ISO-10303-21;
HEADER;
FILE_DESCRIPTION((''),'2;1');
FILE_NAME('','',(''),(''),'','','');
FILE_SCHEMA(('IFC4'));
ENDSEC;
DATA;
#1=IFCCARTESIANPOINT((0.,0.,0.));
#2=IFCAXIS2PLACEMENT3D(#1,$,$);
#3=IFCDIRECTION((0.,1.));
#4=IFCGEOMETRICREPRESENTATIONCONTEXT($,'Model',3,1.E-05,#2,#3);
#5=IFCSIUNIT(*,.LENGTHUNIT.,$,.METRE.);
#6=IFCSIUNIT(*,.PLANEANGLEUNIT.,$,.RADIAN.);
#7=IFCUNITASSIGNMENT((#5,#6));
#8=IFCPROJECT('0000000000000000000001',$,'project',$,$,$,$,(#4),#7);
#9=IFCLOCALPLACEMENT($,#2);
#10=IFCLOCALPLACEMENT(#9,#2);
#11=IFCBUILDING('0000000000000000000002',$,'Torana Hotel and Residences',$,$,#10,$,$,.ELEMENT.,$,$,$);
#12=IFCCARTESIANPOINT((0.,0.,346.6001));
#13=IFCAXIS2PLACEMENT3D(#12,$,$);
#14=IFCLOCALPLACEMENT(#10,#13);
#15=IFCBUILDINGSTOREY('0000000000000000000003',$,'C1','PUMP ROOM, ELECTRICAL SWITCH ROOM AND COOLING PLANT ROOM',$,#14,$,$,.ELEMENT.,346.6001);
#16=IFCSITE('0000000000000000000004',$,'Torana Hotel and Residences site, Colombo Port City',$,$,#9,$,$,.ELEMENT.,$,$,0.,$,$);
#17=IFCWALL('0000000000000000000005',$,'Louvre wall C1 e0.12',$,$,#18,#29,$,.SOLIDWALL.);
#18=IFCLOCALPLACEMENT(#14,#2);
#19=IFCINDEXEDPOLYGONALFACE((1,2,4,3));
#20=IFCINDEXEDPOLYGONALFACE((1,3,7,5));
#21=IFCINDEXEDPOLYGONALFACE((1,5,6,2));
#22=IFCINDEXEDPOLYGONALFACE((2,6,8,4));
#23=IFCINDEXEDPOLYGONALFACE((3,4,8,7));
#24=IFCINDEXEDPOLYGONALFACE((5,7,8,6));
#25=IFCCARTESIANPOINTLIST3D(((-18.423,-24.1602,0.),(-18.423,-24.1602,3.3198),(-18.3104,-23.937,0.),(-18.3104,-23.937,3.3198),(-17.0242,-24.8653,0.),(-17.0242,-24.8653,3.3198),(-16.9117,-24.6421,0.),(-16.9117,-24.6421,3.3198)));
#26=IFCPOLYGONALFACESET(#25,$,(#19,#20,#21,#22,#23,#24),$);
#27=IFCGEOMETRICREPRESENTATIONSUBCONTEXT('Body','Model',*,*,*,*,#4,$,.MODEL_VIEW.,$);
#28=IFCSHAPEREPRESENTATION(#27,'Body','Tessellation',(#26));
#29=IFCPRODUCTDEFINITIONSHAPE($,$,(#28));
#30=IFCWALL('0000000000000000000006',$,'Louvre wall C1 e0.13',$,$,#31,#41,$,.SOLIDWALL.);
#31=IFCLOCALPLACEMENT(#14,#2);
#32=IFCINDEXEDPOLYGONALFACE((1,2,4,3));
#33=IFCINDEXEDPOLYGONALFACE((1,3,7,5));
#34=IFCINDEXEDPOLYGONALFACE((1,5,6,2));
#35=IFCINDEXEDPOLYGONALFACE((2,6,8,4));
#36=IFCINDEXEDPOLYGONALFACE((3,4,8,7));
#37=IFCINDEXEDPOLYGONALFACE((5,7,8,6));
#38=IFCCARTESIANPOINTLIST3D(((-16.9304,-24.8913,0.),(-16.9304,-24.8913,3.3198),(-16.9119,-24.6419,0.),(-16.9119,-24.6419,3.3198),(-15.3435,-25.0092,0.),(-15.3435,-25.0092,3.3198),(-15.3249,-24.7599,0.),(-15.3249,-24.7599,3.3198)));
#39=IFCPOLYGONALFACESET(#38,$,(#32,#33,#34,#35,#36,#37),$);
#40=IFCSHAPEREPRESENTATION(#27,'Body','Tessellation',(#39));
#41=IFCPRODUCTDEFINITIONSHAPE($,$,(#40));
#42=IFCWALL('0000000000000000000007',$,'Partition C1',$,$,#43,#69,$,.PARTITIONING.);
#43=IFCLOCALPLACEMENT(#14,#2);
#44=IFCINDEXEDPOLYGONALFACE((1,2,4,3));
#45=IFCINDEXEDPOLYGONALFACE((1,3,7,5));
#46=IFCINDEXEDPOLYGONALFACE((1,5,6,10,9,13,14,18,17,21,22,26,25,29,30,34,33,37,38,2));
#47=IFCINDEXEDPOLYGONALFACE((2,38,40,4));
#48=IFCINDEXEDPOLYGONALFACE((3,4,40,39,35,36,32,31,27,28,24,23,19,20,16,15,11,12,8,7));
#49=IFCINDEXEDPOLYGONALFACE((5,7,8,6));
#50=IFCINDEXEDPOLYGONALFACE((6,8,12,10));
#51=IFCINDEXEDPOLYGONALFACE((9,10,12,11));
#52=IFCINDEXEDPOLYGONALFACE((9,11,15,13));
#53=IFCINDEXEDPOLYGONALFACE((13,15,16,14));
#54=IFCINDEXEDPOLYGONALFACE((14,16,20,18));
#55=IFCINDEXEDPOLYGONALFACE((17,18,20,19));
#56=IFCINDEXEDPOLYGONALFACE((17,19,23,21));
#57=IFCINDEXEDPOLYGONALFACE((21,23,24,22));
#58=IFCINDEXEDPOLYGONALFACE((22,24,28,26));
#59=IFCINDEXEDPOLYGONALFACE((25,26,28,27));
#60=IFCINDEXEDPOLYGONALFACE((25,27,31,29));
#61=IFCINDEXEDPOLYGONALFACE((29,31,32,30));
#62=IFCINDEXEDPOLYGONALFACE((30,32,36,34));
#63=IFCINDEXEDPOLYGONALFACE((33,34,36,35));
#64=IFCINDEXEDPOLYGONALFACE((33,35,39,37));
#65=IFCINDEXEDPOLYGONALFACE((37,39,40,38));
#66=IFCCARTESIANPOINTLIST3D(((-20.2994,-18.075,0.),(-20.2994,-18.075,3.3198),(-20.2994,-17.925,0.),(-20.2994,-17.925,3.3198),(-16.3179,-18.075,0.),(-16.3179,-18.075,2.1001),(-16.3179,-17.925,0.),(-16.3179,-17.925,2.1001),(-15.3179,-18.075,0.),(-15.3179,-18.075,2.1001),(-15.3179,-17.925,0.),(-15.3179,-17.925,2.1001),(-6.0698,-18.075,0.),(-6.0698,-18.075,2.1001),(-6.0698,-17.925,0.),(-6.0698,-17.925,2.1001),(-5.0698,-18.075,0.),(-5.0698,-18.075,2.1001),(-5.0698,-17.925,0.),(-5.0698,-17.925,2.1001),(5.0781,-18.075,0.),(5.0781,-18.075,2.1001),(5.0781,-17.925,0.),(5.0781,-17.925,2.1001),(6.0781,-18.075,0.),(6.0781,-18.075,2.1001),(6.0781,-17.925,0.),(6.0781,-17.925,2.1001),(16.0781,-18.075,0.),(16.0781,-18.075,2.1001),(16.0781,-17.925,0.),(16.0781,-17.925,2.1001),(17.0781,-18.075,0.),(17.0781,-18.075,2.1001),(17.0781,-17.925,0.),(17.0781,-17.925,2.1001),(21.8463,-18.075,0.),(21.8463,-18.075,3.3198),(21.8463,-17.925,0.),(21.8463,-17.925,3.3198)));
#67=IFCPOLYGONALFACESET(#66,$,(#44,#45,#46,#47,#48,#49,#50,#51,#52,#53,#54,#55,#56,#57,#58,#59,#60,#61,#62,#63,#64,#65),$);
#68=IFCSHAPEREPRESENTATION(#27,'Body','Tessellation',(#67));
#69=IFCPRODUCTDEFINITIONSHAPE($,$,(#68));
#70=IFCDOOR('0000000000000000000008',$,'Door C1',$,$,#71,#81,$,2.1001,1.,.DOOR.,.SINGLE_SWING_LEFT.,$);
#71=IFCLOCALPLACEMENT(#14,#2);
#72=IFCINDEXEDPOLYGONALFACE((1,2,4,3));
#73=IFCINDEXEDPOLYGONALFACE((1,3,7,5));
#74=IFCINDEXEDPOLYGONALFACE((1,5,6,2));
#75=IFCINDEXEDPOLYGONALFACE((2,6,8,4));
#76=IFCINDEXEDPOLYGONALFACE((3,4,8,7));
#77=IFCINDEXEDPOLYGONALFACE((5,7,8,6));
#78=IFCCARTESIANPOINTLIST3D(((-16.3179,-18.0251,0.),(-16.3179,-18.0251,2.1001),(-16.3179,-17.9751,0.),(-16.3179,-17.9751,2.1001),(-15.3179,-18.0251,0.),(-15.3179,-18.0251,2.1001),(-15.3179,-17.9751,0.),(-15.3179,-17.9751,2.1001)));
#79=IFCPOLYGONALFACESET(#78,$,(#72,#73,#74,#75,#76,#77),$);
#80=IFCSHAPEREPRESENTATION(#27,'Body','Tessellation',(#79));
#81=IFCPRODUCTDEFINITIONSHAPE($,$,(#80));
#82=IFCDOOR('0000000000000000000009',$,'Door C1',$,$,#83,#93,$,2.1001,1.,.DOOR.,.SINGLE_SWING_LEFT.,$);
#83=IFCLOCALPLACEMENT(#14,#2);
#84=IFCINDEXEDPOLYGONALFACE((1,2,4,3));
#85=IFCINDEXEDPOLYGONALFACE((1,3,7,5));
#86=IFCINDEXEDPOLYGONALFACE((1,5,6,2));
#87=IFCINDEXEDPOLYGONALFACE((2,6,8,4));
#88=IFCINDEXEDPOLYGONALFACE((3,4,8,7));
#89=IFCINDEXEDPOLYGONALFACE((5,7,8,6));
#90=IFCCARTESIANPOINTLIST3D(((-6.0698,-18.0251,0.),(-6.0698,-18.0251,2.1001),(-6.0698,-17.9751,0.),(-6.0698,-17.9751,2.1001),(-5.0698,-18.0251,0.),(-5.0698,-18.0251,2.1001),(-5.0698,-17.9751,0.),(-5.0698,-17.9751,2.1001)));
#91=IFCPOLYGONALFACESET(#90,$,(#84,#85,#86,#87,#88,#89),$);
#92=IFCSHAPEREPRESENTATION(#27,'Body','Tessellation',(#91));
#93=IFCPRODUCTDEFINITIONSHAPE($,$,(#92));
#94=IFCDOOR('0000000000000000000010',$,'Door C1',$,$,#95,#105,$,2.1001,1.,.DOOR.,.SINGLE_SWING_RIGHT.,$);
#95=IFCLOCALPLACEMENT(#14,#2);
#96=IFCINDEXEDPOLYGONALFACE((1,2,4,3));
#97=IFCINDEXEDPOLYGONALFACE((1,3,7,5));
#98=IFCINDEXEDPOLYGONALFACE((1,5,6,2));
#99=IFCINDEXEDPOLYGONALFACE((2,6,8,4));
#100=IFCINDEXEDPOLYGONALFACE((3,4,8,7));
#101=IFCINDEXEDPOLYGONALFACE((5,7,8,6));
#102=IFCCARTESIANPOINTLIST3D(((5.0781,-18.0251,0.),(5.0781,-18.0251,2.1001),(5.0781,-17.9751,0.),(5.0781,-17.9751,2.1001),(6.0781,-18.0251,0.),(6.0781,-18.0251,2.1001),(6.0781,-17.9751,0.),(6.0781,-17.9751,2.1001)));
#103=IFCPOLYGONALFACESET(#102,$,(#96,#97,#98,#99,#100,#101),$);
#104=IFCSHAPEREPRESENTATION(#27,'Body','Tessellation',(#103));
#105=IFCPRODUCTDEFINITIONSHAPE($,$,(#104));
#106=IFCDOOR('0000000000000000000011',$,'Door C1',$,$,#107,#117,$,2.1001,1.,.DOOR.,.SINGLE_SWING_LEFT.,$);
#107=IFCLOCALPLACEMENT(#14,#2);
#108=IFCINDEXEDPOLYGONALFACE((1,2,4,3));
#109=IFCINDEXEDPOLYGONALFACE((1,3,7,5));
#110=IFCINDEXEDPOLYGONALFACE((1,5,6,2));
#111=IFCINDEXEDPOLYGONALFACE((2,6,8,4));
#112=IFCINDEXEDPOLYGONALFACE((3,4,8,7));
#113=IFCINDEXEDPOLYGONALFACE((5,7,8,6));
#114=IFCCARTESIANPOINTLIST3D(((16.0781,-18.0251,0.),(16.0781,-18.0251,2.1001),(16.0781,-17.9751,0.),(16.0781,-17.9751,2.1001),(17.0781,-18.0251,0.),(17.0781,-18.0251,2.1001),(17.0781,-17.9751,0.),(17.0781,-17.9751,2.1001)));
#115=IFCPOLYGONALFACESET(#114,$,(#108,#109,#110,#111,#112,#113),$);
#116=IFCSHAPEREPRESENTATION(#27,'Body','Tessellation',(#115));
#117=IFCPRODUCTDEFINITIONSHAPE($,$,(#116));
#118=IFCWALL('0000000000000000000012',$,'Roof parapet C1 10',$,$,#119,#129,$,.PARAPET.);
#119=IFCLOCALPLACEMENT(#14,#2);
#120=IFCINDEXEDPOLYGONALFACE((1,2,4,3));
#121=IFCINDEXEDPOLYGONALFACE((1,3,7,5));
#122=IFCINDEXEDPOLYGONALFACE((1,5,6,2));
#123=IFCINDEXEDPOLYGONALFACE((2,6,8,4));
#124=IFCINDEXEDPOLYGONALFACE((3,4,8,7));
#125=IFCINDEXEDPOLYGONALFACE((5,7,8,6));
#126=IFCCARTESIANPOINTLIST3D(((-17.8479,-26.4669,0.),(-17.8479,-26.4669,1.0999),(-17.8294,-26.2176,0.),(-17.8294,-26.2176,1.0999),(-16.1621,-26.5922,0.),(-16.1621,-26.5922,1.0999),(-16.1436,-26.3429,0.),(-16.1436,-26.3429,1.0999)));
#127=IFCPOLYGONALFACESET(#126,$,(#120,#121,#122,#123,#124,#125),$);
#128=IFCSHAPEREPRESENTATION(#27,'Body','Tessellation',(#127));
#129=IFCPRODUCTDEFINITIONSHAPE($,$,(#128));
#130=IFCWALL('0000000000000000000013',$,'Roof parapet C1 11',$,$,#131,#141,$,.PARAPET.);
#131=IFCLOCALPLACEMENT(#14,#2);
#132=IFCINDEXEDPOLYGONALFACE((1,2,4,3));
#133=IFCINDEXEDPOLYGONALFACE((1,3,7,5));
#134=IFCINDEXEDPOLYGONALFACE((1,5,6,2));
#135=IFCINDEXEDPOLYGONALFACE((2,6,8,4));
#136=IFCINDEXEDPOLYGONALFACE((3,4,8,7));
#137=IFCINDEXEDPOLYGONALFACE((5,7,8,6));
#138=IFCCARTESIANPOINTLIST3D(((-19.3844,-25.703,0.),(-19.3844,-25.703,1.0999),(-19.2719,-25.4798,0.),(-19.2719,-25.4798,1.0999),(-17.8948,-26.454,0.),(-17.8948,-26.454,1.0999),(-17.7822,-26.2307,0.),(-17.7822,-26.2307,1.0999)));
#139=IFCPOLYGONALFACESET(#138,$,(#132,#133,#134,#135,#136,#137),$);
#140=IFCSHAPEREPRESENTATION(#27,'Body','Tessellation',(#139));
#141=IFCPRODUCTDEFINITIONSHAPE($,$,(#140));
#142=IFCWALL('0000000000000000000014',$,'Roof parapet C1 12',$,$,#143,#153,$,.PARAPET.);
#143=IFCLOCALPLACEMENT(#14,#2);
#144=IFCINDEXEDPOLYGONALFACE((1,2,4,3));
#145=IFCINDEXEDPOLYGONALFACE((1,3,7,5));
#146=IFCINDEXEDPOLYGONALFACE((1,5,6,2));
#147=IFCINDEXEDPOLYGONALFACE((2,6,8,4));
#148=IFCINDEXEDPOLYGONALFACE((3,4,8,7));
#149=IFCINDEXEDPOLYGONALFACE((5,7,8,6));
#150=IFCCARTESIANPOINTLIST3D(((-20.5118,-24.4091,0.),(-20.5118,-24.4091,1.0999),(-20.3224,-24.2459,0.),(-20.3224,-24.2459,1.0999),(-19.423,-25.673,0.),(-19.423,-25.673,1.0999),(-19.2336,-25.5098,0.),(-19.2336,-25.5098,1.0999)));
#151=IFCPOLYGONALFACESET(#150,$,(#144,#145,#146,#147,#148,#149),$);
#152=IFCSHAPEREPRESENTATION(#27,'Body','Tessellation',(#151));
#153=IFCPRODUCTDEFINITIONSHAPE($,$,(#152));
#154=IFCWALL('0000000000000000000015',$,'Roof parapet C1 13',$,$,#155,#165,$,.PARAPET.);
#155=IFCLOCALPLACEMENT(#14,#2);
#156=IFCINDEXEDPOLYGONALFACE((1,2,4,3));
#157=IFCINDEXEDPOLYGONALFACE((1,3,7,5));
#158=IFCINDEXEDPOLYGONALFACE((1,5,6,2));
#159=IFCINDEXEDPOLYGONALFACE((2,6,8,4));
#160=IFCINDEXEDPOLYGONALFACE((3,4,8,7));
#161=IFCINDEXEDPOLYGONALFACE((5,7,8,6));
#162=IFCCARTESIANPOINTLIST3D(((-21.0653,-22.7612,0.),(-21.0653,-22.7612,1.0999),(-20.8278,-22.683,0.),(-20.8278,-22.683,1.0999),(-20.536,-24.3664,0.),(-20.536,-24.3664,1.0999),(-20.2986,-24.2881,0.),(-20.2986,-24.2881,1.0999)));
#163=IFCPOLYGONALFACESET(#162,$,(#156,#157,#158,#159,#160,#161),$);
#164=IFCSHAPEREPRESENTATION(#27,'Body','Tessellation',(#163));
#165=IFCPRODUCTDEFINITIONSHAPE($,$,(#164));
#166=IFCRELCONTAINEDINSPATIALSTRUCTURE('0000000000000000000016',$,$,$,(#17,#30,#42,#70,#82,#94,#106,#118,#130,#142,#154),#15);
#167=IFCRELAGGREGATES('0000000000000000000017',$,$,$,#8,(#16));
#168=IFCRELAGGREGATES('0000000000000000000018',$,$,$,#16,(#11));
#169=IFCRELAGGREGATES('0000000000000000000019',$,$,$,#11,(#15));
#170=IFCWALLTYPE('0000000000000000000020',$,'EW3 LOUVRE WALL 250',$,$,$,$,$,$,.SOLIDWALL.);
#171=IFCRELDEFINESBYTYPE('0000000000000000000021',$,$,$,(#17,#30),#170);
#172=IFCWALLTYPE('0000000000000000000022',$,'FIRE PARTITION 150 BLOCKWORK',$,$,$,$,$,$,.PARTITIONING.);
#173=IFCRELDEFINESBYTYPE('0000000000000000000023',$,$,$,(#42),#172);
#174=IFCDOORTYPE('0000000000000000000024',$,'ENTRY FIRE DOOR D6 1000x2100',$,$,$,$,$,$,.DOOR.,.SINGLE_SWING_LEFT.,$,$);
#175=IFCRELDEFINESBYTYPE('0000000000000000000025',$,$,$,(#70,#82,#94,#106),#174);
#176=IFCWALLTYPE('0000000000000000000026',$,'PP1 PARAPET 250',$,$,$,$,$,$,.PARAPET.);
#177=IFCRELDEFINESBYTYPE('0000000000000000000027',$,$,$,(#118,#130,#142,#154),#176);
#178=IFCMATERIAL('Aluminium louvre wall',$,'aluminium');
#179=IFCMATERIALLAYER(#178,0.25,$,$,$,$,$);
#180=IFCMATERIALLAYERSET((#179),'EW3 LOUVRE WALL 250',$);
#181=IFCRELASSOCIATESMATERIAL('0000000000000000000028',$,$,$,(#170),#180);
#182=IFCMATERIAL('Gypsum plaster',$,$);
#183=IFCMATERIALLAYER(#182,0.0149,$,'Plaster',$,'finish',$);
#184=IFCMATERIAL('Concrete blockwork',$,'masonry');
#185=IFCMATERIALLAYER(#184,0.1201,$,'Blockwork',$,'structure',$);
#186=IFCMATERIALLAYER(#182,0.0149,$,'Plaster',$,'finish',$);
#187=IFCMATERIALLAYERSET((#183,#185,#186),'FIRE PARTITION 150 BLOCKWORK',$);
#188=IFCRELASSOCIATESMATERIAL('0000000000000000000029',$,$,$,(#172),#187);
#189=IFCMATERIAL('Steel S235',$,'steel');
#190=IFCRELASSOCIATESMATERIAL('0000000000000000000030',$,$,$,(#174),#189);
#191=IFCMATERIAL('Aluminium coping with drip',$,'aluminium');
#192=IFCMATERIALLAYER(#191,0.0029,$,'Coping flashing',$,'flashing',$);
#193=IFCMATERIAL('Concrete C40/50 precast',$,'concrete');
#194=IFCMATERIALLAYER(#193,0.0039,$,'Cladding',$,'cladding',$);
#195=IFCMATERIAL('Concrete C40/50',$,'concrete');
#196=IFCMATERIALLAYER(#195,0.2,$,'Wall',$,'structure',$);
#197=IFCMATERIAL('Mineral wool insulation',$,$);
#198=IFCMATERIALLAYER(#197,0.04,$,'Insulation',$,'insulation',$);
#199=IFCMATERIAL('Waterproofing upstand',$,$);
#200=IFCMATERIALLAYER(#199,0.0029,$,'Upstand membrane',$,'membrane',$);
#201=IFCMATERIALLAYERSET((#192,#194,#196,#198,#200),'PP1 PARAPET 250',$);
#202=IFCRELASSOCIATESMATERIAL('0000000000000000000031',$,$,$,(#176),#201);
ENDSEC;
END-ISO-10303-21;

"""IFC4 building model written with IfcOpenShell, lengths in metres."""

from ifc_helpers import new_model, si_unit, direction, frame, frame_2d, origin, place, context, subcontext, project, spatial, rectangle, extrude, material, layer, layer_set, type_object, element, fill, save


model = new_model("IFC4")

# Units and contexts
model_context = context("Model", 3, precision=1e-05, world=origin(), true_north=direction((0.0, 1.0)))
body_context = subcontext(model_context, "Body", "Model", "MODEL_VIEW")
ifc_project = project(units=[si_unit("LENGTHUNIT", "METRE"), si_unit("PLANEANGLEUNIT", "RADIAN")], contexts=[model_context])

# Site, building, storey
site_placement = place(None, origin())
site = spatial("IfcSite", under=ifc_project, at=site_placement, Name="Torana Hotel and Residences site, Colombo Port City", CompositionType="ELEMENT", RefElevation=0.0)
building_placement = place(site_placement, origin())
building = spatial("IfcBuilding", under=site, at=building_placement, Name="Torana Hotel and Residences", CompositionType="ELEMENT")
storey_placement = place(building_placement, frame((0.0, 0.0, 346.6001)))
storey = spatial("IfcBuildingStorey", under=building, at=storey_placement, Name="C1", Description="PUMP ROOM, ELECTRICAL SWITCH ROOM AND COOLING PLANT ROOM", CompositionType="ELEMENT", Elevation=346.6001)

# Walls
ifc_material_1 = material(Name="Aluminium louvre wall", Category="aluminium")
ifc_layer_1 = layer(ifc_material_1, 0.25)
ifc_layer_set_1 = layer_set([ifc_layer_1], Name="EW3 LOUVRE WALL 250")
wall_type_1 = type_object("IfcWallType", Name="EW3 LOUVRE WALL 250", PredefinedType="SOLIDWALL", material=ifc_layer_set_1)
wall_1_placement = place(storey_placement, frame((-18.3667, -24.0486, 0.0), z_axis=(0.0, 0.0, 1.0), x_axis=(0.892957, -0.450141, 0.0)))
element("IfcWall", 1, at=wall_1_placement, inside=storey, type_object=wall_type_1, Name="Louvre wall C1 e0.12", PredefinedType="SOLIDWALL", context=body_context, shape_type="SweptSolid", body=[
    extrude(rectangle(XDim=1.5664, YDim=0.25, at=frame_2d((0.7832, 0.0))), origin(), (0.0, 0.0, 1.0), 3.3198),
])
wall_2_placement = place(storey_placement, frame((-16.9211, -24.7666, 0.0), z_axis=(0.0, 0.0, 1.0), x_axis=(0.997251, -0.074103, 0.0)))
element("IfcWall", 2, at=wall_2_placement, inside=storey, type_object=wall_type_1, Name="Louvre wall C1 e0.13", PredefinedType="SOLIDWALL", context=body_context, shape_type="SweptSolid", body=[
    extrude(rectangle(XDim=1.5913, YDim=0.25, at=frame_2d((0.7957, 0.0))), origin(), (0.0, 0.0, 1.0), 3.3198),
])

# Wall, openings, doors
ifc_material_2 = material(Name="Gypsum plaster")
ifc_layer_2 = layer(ifc_material_2, 0.0149, Name="Plaster", Category="finish")
ifc_material_3 = material(Name="Concrete blockwork", Category="masonry")
ifc_layer_3 = layer(ifc_material_3, 0.1201, Name="Blockwork", Category="structure")
ifc_layer_4 = layer(ifc_material_2, 0.0149, Name="Plaster", Category="finish")
ifc_layer_set_2 = layer_set([ifc_layer_2, ifc_layer_3, ifc_layer_4], Name="FIRE PARTITION 150 BLOCKWORK")
wall_type_2 = type_object("IfcWallType", Name="FIRE PARTITION 150 BLOCKWORK", PredefinedType="PARTITIONING", material=ifc_layer_set_2)
wall_3_placement = place(storey_placement, frame((-20.2993, -18.0, 0.0), z_axis=(0.0, 0.0, 1.0), x_axis=(1.0, 0.0, 0.0)))
wall_3 = element("IfcWall", 3, at=wall_3_placement, inside=storey, type_object=wall_type_2, Name="Partition C1", PredefinedType="PARTITIONING", context=body_context, shape_type="SweptSolid", body=[
    extrude(rectangle(XDim=42.1458, YDim=0.1499, at=frame_2d((21.0728, 0.0))), origin(), (0.0, 0.0, 1.0), 3.3198),
])
opening_1_placement = place(wall_3_placement, frame((3.9814, 0.0, 0.0)))
opening_1 = element("IfcOpeningElement", 4, at=opening_1_placement, cuts=wall_3, PredefinedType="OPENING", context=body_context, shape_type="SweptSolid", body=[
    extrude(rectangle(XDim=1.0, YDim=2.1001, at=frame_2d((0.5, 1.05))), frame((0.0, 0.085, 0.0), z_axis=(0.0, -1.0, 0.0), x_axis=(1.0, 0.0, 0.0)), (0.0, 0.0, 1.0), 0.1699),
])
opening_2_placement = place(wall_3_placement, frame((14.2295, 0.0, 0.0)))
opening_2 = element("IfcOpeningElement", 5, at=opening_2_placement, cuts=wall_3, PredefinedType="OPENING", context=body_context, shape_type="SweptSolid", body=[
    extrude(rectangle(XDim=1.0, YDim=2.1001, at=frame_2d((0.5, 1.05))), frame((0.0, 0.085, 0.0), z_axis=(0.0, -1.0, 0.0), x_axis=(1.0, 0.0, 0.0)), (0.0, 0.0, 1.0), 0.1699),
])
opening_3_placement = place(wall_3_placement, frame((25.3774, 0.0, 0.0)))
opening_3 = element("IfcOpeningElement", 6, at=opening_3_placement, cuts=wall_3, PredefinedType="OPENING", context=body_context, shape_type="SweptSolid", body=[
    extrude(rectangle(XDim=1.0, YDim=2.1001, at=frame_2d((0.5, 1.05))), frame((0.0, 0.085, 0.0), z_axis=(0.0, -1.0, 0.0), x_axis=(1.0, 0.0, 0.0)), (0.0, 0.0, 1.0), 0.1699),
])
opening_4_placement = place(wall_3_placement, frame((36.3774, 0.0, 0.0)))
opening_4 = element("IfcOpeningElement", 7, at=opening_4_placement, cuts=wall_3, PredefinedType="OPENING", context=body_context, shape_type="SweptSolid", body=[
    extrude(rectangle(XDim=1.0, YDim=2.1001, at=frame_2d((0.5, 1.05))), frame((0.0, 0.085, 0.0), z_axis=(0.0, -1.0, 0.0), x_axis=(1.0, 0.0, 0.0)), (0.0, 0.0, 1.0), 0.1699),
])
ifc_material_4 = material(Name="Steel S235", Category="steel")
door_type = type_object("IfcDoorType", Name="ENTRY FIRE DOOR D6 1000x2100", OperationType="SINGLE_SWING_LEFT", PredefinedType="DOOR", material=ifc_material_4)
door_1_placement = place(opening_1_placement, frame((0.5, 0.0, 0.0), z_axis=(0.0, 0.0, 1.0), x_axis=(-1.0, 0.0, 0.0)))
door_1 = element("IfcDoor", 8, at=door_1_placement, inside=storey, type_object=door_type, Name="Door C1", OperationType="SINGLE_SWING_LEFT", OverallHeight=2.1001, OverallWidth=1.0, PredefinedType="DOOR", context=body_context, shape_type="SweptSolid", body=[
    extrude(rectangle(XDim=1.0, YDim=2.1001, at=frame_2d((0.0, 1.05))), frame((0.0, -0.0249, 0.0), z_axis=(0.0, 1.0, 0.0), x_axis=(-1.0, 0.0, 0.0)), (0.0, 0.0, 1.0), 0.05),
])
fill(opening_1, door_1)
door_2_placement = place(opening_2_placement, frame((0.5, 0.0, 0.0), z_axis=(0.0, 0.0, 1.0), x_axis=(-1.0, 0.0, 0.0)))
door_2 = element("IfcDoor", 9, at=door_2_placement, inside=storey, type_object=door_type, Name="Door C1", OperationType="SINGLE_SWING_LEFT", OverallHeight=2.1001, OverallWidth=1.0, PredefinedType="DOOR", context=body_context, shape_type="SweptSolid", body=[
    extrude(rectangle(XDim=1.0, YDim=2.1001, at=frame_2d((0.0, 1.05))), frame((0.0, -0.0249, 0.0), z_axis=(0.0, 1.0, 0.0), x_axis=(-1.0, 0.0, 0.0)), (0.0, 0.0, 1.0), 0.05),
])
fill(opening_2, door_2)
door_3_placement = place(opening_3_placement, frame((0.5, 0.0, 0.0), z_axis=(0.0, 0.0, 1.0), x_axis=(-1.0, 0.0, 0.0)))
door_3 = element("IfcDoor", 10, at=door_3_placement, inside=storey, type_object=door_type, Name="Door C1", OperationType="SINGLE_SWING_RIGHT", OverallHeight=2.1001, OverallWidth=1.0, PredefinedType="DOOR", context=body_context, shape_type="SweptSolid", body=[
    extrude(rectangle(XDim=1.0, YDim=2.1001, at=frame_2d((0.0, 1.05))), frame((0.0, -0.0249, 0.0), z_axis=(0.0, 1.0, 0.0), x_axis=(-1.0, 0.0, 0.0)), (0.0, 0.0, 1.0), 0.05),
])
fill(opening_3, door_3)
door_4_placement = place(opening_4_placement, frame((0.5, 0.0, 0.0), z_axis=(0.0, 0.0, 1.0), x_axis=(-1.0, 0.0, 0.0)))
door_4 = element("IfcDoor", 11, at=door_4_placement, inside=storey, type_object=door_type, Name="Door C1", OperationType="SINGLE_SWING_LEFT", OverallHeight=2.1001, OverallWidth=1.0, PredefinedType="DOOR", context=body_context, shape_type="SweptSolid", body=[
    extrude(rectangle(XDim=1.0, YDim=2.1001, at=frame_2d((0.0, 1.05))), frame((0.0, -0.0249, 0.0), z_axis=(0.0, 1.0, 0.0), x_axis=(-1.0, 0.0, 0.0)), (0.0, 0.0, 1.0), 0.05),
])
fill(opening_4, door_4)

# Walls
ifc_material_5 = material(Name="Aluminium coping with drip", Category="aluminium")
ifc_layer_5 = layer(ifc_material_5, 0.0029, Name="Coping flashing", Category="flashing")
ifc_material_6 = material(Name="Concrete C40/50 precast", Category="concrete")
ifc_layer_6 = layer(ifc_material_6, 0.0039, Name="Cladding", Category="cladding")
ifc_material_7 = material(Name="Concrete C40/50", Category="concrete")
ifc_layer_7 = layer(ifc_material_7, 0.2, Name="Wall", Category="structure")
ifc_material_8 = material(Name="Mineral wool insulation")
ifc_layer_8 = layer(ifc_material_8, 0.04, Name="Insulation", Category="insulation")
ifc_material_9 = material(Name="Waterproofing upstand")
ifc_layer_9 = layer(ifc_material_9, 0.0029, Name="Upstand membrane", Category="membrane")
ifc_layer_set_3 = layer_set([ifc_layer_5, ifc_layer_6, ifc_layer_7, ifc_layer_8, ifc_layer_9], Name="PP1 PARAPET 250")
wall_type_3 = type_object("IfcWallType", Name="PP1 PARAPET 250", PredefinedType="PARAPET", material=ifc_layer_set_3)
wall_4_placement = place(storey_placement, frame((-16.1528, -26.4675, 0.0), z_axis=(0.0, 0.0, 1.0), x_axis=(-0.997252, 0.07409, 0.0)))
element("IfcWall", 12, at=wall_4_placement, inside=storey, type_object=wall_type_3, Name="Roof parapet C1 10", PredefinedType="PARAPET", context=body_context, shape_type="SweptSolid", body=[
    extrude(rectangle(XDim=1.6904, YDim=0.25, at=frame_2d((0.8452, 0.0))), origin(), (0.0, 0.0, 1.0), 1.0999),
])
for number, where, z_axis, x_axis, name in (
    (13, (-17.8386, -26.3423, 0.0), (0.0, 0.0, 1.0), (-0.892959, 0.450138, 0.0), "Roof parapet C1 11"),
    (14, (-19.3284, -25.5913, 0.0), (0.0, 0.0, 1.0), (-0.652694, 0.757622, 0.0), "Roof parapet C1 12"),
):
    element("IfcWall", number, at=place(storey_placement, frame(where, z_axis=z_axis, x_axis=x_axis)), inside=storey, type_object=wall_type_3, Name=name, PredefinedType="PARAPET", context=body_context, shape_type="SweptSolid", body=[
        extrude(rectangle(XDim=1.6682, YDim=0.25, at=frame_2d((0.834, 0.0))), origin(), (0.0, 0.0, 1.0), 1.0999),
    ])
wall_5_placement = place(storey_placement, frame((-20.4172, -24.3274, 0.0), z_axis=(0.0, 0.0, 1.0), x_axis=(-0.313149, 0.949704, 0.0)))
element("IfcWall", 15, at=wall_5_placement, inside=storey, type_object=wall_type_3, Name="Roof parapet C1 13", PredefinedType="PARAPET", context=body_context, shape_type="SweptSolid", body=[
    extrude(rectangle(XDim=1.6902, YDim=0.25, at=frame_2d((0.8452, 0.0))), origin(), (0.0, 0.0, 1.0), 1.0999),
])

save(model, "model.ifc")
